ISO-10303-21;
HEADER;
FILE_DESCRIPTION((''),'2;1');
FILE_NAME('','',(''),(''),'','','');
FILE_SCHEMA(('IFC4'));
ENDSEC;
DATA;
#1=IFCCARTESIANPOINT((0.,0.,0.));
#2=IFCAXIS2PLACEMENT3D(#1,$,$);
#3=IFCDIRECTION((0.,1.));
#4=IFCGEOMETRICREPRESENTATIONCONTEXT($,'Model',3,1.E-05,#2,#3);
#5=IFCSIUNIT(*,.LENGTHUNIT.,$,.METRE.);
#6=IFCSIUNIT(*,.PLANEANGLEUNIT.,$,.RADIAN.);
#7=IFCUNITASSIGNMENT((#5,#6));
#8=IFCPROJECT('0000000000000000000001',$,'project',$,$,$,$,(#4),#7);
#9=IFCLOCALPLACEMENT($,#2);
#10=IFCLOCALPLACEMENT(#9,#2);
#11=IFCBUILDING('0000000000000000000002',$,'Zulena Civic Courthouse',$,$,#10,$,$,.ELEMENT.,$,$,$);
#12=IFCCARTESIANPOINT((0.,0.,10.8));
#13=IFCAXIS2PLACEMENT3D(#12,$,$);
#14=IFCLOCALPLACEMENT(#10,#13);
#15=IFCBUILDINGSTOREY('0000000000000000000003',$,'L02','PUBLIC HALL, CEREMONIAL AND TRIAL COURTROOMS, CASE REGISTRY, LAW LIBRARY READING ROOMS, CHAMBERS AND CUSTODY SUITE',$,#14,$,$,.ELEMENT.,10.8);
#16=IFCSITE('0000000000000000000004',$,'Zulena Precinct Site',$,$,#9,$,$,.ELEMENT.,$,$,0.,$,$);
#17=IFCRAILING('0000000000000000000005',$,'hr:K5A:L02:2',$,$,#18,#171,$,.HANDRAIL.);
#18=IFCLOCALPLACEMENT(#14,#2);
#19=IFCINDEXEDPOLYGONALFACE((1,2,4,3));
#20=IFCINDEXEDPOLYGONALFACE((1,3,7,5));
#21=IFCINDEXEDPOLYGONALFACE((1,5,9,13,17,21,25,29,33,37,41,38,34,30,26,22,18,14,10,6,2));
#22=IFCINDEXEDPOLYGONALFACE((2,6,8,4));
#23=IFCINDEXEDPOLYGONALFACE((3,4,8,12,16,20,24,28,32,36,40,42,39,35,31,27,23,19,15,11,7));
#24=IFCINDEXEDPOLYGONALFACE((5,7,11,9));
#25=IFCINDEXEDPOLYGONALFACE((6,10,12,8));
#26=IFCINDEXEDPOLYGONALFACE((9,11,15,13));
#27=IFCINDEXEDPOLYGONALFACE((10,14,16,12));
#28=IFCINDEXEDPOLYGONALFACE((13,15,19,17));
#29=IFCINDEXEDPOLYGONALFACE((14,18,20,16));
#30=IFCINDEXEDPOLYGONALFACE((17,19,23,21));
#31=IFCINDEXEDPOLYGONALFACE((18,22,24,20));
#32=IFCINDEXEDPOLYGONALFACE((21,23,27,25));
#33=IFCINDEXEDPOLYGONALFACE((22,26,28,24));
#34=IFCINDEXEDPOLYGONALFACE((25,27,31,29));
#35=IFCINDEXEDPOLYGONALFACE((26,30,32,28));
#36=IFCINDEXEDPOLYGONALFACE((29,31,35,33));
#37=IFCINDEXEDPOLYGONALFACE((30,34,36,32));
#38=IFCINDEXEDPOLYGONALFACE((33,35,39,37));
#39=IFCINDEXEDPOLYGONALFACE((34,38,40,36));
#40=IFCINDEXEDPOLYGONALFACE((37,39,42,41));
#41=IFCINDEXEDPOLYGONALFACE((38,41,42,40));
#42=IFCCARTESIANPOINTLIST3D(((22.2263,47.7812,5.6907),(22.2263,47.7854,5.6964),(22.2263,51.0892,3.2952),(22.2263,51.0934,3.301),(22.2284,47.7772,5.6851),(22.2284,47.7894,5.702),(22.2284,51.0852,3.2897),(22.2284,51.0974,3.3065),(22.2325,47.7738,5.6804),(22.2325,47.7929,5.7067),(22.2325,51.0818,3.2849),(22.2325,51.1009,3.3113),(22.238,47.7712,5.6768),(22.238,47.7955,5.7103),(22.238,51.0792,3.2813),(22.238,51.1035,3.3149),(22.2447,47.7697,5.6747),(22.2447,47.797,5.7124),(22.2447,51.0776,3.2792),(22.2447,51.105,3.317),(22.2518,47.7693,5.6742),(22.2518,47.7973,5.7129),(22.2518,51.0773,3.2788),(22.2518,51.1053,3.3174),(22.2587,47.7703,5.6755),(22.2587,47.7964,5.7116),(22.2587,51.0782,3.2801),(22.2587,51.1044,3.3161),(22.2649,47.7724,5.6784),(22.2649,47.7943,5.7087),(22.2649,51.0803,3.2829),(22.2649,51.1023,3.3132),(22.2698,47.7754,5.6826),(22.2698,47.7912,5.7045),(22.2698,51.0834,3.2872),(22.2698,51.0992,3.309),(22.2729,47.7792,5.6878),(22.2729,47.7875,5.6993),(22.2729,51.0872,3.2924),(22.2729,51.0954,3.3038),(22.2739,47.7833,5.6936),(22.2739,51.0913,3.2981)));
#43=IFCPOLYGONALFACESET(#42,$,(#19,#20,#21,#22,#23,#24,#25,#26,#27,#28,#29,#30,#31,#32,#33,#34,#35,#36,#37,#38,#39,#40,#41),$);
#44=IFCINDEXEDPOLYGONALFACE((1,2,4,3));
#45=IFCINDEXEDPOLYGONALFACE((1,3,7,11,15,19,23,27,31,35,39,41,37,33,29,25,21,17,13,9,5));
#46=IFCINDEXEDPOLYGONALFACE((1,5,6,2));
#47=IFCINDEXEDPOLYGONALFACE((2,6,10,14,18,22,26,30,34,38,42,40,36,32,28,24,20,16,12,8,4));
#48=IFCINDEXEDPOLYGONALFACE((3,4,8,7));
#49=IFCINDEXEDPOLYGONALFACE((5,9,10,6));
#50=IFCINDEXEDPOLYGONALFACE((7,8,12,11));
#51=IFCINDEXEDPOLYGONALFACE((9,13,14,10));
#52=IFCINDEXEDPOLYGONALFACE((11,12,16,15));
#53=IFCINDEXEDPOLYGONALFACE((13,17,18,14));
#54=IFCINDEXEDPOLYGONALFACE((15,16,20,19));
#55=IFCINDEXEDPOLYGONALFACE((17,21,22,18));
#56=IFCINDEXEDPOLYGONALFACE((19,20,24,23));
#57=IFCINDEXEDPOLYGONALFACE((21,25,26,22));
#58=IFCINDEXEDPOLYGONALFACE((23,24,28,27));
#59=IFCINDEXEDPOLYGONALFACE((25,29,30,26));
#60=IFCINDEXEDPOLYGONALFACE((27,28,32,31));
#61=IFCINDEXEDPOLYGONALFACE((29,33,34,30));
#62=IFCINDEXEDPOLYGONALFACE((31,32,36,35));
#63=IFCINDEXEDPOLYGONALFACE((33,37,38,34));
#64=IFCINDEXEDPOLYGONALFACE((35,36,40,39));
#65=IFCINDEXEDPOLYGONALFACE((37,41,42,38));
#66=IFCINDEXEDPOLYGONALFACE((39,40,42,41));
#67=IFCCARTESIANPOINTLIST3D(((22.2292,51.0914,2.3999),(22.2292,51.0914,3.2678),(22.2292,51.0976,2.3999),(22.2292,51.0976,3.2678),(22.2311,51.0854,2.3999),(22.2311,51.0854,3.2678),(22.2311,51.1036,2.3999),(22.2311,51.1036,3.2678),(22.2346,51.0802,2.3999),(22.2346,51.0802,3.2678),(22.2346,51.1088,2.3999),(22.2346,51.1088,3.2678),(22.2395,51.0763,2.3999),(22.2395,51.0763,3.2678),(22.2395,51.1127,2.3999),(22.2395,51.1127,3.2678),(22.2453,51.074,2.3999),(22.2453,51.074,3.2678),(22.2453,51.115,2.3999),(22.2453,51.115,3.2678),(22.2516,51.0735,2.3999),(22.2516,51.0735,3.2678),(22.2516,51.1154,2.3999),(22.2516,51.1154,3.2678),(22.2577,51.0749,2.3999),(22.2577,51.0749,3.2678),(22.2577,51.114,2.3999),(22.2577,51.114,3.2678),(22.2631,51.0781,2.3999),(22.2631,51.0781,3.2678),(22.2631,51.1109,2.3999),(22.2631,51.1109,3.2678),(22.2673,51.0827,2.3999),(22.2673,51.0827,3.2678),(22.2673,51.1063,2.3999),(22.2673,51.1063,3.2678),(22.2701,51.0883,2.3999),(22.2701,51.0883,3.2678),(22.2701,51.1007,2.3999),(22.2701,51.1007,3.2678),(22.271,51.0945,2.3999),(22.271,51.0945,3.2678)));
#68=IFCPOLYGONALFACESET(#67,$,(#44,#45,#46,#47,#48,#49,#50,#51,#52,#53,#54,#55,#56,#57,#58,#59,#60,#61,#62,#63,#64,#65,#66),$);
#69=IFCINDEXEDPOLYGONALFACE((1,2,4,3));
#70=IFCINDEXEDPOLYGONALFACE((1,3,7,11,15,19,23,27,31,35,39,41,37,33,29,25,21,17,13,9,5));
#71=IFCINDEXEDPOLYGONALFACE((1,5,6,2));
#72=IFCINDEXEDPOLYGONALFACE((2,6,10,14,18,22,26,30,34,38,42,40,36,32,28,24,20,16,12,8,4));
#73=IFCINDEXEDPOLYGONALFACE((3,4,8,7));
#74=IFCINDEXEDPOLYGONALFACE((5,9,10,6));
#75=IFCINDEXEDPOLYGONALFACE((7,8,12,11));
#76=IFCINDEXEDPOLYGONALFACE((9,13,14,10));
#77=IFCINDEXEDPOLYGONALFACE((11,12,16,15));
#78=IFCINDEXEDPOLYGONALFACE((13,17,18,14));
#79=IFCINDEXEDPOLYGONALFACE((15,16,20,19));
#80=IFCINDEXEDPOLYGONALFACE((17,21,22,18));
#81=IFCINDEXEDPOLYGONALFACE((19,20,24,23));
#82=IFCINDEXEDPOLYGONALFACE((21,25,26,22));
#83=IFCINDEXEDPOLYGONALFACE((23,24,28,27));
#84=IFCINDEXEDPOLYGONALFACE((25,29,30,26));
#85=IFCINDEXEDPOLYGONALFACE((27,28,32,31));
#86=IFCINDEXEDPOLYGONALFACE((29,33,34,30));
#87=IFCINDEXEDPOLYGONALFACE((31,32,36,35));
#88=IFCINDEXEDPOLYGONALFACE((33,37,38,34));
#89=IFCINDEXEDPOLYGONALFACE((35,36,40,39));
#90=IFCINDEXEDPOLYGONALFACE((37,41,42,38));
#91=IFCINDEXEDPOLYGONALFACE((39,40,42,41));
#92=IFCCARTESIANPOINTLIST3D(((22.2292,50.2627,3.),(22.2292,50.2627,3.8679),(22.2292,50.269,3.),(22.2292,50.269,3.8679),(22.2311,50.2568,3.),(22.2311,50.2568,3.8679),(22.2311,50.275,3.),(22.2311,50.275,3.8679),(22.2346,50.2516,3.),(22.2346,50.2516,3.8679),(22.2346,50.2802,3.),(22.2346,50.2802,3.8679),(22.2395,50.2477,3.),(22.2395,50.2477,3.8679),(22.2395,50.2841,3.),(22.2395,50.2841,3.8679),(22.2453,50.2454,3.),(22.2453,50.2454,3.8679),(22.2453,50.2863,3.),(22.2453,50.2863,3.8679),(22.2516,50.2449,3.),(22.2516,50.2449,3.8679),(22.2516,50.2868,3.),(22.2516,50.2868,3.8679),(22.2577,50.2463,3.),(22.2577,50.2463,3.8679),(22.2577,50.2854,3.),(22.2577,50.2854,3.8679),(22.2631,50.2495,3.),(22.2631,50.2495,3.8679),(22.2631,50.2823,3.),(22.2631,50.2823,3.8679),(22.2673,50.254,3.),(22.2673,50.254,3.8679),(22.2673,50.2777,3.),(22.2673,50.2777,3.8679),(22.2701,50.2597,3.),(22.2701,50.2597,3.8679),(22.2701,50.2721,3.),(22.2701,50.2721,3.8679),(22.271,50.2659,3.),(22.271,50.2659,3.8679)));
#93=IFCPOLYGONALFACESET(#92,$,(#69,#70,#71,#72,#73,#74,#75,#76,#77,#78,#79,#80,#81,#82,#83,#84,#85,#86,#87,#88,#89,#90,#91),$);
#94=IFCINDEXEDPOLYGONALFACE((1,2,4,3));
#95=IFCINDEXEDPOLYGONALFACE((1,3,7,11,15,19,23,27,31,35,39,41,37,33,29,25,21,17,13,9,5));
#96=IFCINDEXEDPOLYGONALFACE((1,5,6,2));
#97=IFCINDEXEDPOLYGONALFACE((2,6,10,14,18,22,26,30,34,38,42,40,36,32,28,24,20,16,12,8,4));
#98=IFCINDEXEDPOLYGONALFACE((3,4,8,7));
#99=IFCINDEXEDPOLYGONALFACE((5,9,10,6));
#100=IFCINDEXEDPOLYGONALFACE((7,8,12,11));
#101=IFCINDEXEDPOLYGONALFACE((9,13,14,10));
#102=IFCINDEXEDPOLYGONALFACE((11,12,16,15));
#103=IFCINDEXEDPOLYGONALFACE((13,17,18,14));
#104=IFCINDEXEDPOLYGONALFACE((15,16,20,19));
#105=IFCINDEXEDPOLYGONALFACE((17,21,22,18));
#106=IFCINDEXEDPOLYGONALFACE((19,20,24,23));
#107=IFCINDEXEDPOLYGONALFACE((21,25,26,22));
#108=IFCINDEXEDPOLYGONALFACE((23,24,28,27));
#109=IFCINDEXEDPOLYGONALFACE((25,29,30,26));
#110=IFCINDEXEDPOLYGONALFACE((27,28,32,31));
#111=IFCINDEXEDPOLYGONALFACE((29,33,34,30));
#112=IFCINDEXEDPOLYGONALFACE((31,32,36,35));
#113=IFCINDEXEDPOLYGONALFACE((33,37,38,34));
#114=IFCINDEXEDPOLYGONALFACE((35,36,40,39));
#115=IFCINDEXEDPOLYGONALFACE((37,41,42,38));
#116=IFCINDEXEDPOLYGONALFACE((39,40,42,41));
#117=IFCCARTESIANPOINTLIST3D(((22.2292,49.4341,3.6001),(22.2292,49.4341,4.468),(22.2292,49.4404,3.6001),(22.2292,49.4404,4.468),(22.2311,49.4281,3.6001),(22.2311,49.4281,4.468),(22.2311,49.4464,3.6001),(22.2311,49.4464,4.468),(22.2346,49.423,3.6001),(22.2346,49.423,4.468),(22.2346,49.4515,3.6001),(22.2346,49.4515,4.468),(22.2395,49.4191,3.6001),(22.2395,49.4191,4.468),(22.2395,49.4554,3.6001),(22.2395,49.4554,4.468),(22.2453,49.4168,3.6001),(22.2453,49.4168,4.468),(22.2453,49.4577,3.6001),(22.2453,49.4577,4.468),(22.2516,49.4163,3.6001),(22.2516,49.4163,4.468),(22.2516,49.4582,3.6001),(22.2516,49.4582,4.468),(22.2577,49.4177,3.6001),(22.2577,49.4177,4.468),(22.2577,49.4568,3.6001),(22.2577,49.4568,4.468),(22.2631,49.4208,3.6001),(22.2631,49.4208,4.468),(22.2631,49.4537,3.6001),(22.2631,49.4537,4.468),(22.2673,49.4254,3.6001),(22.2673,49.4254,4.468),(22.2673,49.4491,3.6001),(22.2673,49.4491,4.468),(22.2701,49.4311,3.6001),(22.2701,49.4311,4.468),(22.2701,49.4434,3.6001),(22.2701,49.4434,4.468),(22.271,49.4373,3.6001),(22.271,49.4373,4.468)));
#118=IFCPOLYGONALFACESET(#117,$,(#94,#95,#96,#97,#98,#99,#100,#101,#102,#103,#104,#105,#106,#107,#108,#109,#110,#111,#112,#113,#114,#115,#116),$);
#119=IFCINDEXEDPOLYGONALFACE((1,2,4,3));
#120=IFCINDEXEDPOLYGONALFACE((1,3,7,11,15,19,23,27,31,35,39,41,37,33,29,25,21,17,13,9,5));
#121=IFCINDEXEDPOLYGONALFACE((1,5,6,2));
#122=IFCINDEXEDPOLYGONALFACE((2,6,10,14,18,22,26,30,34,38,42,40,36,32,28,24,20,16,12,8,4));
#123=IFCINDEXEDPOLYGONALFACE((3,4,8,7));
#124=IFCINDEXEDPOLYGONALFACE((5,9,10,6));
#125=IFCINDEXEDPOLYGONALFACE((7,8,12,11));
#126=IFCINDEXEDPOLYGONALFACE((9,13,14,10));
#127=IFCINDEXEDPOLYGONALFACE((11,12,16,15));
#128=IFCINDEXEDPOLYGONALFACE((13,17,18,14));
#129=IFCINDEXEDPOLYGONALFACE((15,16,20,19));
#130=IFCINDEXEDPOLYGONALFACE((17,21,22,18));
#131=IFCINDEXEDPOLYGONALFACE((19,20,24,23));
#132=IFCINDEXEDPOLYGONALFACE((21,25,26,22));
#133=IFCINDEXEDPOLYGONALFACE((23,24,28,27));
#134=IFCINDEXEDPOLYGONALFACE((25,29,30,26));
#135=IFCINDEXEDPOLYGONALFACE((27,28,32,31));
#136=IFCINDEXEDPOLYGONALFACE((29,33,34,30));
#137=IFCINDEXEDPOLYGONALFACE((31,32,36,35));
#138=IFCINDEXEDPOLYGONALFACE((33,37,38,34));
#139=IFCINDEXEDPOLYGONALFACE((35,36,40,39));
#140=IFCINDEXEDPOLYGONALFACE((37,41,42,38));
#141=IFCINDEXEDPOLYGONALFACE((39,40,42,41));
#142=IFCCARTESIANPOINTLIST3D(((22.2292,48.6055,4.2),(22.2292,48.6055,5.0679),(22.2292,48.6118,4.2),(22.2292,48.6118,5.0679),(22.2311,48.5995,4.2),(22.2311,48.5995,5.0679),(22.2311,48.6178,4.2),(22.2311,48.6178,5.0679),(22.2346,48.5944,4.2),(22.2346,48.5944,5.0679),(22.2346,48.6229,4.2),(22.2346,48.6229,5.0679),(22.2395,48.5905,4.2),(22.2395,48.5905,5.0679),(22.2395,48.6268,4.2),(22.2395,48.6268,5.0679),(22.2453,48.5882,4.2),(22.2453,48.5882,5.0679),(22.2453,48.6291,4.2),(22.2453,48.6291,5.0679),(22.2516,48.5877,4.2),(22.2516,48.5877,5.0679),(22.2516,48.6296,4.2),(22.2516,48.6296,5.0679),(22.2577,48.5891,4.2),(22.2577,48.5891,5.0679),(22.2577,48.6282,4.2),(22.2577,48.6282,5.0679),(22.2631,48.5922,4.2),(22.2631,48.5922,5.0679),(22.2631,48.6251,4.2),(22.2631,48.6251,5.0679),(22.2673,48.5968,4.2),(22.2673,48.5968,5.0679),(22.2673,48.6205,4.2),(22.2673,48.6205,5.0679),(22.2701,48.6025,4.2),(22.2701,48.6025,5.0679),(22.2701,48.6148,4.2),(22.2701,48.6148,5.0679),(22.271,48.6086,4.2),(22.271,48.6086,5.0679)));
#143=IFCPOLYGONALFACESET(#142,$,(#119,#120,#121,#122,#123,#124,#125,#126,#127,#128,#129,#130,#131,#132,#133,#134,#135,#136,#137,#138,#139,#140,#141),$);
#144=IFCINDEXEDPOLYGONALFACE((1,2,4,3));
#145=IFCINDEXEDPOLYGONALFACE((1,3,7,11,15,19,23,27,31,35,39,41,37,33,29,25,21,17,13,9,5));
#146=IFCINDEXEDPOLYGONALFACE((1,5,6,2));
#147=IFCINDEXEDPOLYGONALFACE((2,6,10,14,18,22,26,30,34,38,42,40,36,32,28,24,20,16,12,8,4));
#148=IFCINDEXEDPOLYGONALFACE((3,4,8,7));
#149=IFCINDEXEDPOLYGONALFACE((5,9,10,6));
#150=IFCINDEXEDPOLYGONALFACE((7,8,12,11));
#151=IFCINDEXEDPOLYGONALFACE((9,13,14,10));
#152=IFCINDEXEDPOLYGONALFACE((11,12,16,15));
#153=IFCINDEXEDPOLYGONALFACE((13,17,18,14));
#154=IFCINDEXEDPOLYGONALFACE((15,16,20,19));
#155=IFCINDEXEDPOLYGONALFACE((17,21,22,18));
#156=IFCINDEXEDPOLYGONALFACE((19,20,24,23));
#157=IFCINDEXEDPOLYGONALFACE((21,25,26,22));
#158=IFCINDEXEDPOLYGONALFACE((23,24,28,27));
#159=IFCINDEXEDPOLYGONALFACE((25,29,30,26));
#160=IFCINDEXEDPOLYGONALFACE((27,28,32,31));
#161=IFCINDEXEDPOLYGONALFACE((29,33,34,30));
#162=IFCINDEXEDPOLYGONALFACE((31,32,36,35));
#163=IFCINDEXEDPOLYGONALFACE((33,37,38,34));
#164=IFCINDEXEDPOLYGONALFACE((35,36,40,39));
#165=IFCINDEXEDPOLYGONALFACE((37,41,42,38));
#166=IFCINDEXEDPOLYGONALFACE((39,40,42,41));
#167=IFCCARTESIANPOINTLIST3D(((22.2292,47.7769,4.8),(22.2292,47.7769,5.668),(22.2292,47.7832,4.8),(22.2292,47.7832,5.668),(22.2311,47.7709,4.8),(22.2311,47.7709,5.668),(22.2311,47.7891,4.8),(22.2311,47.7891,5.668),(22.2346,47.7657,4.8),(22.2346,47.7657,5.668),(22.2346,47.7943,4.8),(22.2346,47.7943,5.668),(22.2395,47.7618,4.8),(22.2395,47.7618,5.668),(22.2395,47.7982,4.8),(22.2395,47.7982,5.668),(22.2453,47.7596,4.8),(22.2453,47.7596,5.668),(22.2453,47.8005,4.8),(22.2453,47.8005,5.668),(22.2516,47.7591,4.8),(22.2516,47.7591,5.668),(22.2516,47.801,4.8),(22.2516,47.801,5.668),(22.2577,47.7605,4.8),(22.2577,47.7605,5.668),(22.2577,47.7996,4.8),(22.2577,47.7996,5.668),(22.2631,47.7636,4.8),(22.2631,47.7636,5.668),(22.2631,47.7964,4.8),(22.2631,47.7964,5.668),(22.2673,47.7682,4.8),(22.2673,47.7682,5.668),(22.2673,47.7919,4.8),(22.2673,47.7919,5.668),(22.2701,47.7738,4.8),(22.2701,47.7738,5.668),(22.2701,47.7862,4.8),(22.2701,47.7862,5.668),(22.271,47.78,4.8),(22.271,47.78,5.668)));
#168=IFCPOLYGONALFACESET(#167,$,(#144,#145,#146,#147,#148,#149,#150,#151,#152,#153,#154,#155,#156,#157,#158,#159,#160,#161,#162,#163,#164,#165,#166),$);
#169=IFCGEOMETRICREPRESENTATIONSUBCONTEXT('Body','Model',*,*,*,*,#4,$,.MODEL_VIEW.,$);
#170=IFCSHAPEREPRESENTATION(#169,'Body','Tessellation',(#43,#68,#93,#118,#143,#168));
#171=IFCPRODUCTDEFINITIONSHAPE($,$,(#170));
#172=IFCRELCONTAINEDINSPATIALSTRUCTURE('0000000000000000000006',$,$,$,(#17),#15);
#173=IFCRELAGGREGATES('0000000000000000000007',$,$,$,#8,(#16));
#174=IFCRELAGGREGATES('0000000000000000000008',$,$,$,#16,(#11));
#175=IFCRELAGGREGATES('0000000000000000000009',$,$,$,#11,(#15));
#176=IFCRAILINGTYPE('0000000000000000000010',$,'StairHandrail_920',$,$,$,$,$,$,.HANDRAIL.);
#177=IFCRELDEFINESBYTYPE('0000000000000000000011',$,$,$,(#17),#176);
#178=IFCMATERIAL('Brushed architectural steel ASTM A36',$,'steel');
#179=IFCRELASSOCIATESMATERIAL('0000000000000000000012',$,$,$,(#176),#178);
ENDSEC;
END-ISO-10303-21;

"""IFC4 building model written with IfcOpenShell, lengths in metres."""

from ifc_helpers import new_model, si_unit, direction, frame, origin, origin_2d, place, context, subcontext, project, spatial, circle, extrude, material, type_object, element, save


model = new_model("IFC4")

# Units and contexts
model_context = context("Model", 3, precision=1e-05, world=origin(), true_north=direction((0.0, 1.0)))
body_context = subcontext(model_context, "Body", "Model", "MODEL_VIEW")
ifc_project = project(units=[si_unit("LENGTHUNIT", "METRE"), si_unit("PLANEANGLEUNIT", "RADIAN")], contexts=[model_context])

# Site, building, storey
site_placement = place(None, origin())
site = spatial("IfcSite", under=ifc_project, at=site_placement, Name="Zulena Precinct Site", CompositionType="ELEMENT", RefElevation=0.0)
building_placement = place(site_placement, origin())
building = spatial("IfcBuilding", under=site, at=building_placement, Name="Zulena Civic Courthouse", CompositionType="ELEMENT")
storey_placement = place(building_placement, frame((0.0, 0.0, 10.8)))
storey = spatial("IfcBuildingStorey", under=building, at=storey_placement, Name="L02", Description="PUBLIC HALL, CEREMONIAL AND TRIAL COURTROOMS, CASE REGISTRY, LAW LIBRARY READING ROOMS, CHAMBERS AND CUSTODY SUITE", CompositionType="ELEMENT", Elevation=10.8)

# Railing
ifc_material_1 = material(Name="Brushed architectural steel ASTM A36", Category="steel")
railing_type_1 = type_object("IfcRailingType", Name="StairHandrail_920", PredefinedType="HANDRAIL", material=ifc_material_1)
railing_1_placement = place(storey_placement, frame((22.25, 51.0945, 2.3999)))
element("IfcRailing", 1, at=railing_1_placement, inside=storey, type_object=railing_type_1, Name="hr:K5A:L02:2", PredefinedType="HANDRAIL", context=body_context, shape_type="SweptSolid", body=[
    extrude(circle(Radius=0.0239, at=origin_2d()), frame((0.0, -0.0032, 0.8982), z_axis=(0.0, -0.809939, 0.586514), x_axis=(1.0, 0.0, 0.0)), (0.0, 0.0, 1.0), 4.0842),
    extrude(circle(Radius=0.021, at=origin_2d()), origin(), (0.0, 0.0, 1.0), 0.8679),
    extrude(circle(Radius=0.021, at=origin_2d()), frame((0.0, -0.8286, 0.6001)), (0.0, 0.0, 1.0), 0.8679),
    extrude(circle(Radius=0.021, at=origin_2d()), frame((0.0, -1.6572, 1.2002)), (0.0, 0.0, 1.0), 0.8679),
    extrude(circle(Radius=0.021, at=origin_2d()), frame((0.0, -2.4858, 1.8)), (0.0, 0.0, 1.0), 0.8679),
    extrude(circle(Radius=0.021, at=origin_2d()), frame((0.0, -3.3145, 2.4001)), (0.0, 0.0, 1.0), 0.8679),
])

save(model, "model.ifc")
